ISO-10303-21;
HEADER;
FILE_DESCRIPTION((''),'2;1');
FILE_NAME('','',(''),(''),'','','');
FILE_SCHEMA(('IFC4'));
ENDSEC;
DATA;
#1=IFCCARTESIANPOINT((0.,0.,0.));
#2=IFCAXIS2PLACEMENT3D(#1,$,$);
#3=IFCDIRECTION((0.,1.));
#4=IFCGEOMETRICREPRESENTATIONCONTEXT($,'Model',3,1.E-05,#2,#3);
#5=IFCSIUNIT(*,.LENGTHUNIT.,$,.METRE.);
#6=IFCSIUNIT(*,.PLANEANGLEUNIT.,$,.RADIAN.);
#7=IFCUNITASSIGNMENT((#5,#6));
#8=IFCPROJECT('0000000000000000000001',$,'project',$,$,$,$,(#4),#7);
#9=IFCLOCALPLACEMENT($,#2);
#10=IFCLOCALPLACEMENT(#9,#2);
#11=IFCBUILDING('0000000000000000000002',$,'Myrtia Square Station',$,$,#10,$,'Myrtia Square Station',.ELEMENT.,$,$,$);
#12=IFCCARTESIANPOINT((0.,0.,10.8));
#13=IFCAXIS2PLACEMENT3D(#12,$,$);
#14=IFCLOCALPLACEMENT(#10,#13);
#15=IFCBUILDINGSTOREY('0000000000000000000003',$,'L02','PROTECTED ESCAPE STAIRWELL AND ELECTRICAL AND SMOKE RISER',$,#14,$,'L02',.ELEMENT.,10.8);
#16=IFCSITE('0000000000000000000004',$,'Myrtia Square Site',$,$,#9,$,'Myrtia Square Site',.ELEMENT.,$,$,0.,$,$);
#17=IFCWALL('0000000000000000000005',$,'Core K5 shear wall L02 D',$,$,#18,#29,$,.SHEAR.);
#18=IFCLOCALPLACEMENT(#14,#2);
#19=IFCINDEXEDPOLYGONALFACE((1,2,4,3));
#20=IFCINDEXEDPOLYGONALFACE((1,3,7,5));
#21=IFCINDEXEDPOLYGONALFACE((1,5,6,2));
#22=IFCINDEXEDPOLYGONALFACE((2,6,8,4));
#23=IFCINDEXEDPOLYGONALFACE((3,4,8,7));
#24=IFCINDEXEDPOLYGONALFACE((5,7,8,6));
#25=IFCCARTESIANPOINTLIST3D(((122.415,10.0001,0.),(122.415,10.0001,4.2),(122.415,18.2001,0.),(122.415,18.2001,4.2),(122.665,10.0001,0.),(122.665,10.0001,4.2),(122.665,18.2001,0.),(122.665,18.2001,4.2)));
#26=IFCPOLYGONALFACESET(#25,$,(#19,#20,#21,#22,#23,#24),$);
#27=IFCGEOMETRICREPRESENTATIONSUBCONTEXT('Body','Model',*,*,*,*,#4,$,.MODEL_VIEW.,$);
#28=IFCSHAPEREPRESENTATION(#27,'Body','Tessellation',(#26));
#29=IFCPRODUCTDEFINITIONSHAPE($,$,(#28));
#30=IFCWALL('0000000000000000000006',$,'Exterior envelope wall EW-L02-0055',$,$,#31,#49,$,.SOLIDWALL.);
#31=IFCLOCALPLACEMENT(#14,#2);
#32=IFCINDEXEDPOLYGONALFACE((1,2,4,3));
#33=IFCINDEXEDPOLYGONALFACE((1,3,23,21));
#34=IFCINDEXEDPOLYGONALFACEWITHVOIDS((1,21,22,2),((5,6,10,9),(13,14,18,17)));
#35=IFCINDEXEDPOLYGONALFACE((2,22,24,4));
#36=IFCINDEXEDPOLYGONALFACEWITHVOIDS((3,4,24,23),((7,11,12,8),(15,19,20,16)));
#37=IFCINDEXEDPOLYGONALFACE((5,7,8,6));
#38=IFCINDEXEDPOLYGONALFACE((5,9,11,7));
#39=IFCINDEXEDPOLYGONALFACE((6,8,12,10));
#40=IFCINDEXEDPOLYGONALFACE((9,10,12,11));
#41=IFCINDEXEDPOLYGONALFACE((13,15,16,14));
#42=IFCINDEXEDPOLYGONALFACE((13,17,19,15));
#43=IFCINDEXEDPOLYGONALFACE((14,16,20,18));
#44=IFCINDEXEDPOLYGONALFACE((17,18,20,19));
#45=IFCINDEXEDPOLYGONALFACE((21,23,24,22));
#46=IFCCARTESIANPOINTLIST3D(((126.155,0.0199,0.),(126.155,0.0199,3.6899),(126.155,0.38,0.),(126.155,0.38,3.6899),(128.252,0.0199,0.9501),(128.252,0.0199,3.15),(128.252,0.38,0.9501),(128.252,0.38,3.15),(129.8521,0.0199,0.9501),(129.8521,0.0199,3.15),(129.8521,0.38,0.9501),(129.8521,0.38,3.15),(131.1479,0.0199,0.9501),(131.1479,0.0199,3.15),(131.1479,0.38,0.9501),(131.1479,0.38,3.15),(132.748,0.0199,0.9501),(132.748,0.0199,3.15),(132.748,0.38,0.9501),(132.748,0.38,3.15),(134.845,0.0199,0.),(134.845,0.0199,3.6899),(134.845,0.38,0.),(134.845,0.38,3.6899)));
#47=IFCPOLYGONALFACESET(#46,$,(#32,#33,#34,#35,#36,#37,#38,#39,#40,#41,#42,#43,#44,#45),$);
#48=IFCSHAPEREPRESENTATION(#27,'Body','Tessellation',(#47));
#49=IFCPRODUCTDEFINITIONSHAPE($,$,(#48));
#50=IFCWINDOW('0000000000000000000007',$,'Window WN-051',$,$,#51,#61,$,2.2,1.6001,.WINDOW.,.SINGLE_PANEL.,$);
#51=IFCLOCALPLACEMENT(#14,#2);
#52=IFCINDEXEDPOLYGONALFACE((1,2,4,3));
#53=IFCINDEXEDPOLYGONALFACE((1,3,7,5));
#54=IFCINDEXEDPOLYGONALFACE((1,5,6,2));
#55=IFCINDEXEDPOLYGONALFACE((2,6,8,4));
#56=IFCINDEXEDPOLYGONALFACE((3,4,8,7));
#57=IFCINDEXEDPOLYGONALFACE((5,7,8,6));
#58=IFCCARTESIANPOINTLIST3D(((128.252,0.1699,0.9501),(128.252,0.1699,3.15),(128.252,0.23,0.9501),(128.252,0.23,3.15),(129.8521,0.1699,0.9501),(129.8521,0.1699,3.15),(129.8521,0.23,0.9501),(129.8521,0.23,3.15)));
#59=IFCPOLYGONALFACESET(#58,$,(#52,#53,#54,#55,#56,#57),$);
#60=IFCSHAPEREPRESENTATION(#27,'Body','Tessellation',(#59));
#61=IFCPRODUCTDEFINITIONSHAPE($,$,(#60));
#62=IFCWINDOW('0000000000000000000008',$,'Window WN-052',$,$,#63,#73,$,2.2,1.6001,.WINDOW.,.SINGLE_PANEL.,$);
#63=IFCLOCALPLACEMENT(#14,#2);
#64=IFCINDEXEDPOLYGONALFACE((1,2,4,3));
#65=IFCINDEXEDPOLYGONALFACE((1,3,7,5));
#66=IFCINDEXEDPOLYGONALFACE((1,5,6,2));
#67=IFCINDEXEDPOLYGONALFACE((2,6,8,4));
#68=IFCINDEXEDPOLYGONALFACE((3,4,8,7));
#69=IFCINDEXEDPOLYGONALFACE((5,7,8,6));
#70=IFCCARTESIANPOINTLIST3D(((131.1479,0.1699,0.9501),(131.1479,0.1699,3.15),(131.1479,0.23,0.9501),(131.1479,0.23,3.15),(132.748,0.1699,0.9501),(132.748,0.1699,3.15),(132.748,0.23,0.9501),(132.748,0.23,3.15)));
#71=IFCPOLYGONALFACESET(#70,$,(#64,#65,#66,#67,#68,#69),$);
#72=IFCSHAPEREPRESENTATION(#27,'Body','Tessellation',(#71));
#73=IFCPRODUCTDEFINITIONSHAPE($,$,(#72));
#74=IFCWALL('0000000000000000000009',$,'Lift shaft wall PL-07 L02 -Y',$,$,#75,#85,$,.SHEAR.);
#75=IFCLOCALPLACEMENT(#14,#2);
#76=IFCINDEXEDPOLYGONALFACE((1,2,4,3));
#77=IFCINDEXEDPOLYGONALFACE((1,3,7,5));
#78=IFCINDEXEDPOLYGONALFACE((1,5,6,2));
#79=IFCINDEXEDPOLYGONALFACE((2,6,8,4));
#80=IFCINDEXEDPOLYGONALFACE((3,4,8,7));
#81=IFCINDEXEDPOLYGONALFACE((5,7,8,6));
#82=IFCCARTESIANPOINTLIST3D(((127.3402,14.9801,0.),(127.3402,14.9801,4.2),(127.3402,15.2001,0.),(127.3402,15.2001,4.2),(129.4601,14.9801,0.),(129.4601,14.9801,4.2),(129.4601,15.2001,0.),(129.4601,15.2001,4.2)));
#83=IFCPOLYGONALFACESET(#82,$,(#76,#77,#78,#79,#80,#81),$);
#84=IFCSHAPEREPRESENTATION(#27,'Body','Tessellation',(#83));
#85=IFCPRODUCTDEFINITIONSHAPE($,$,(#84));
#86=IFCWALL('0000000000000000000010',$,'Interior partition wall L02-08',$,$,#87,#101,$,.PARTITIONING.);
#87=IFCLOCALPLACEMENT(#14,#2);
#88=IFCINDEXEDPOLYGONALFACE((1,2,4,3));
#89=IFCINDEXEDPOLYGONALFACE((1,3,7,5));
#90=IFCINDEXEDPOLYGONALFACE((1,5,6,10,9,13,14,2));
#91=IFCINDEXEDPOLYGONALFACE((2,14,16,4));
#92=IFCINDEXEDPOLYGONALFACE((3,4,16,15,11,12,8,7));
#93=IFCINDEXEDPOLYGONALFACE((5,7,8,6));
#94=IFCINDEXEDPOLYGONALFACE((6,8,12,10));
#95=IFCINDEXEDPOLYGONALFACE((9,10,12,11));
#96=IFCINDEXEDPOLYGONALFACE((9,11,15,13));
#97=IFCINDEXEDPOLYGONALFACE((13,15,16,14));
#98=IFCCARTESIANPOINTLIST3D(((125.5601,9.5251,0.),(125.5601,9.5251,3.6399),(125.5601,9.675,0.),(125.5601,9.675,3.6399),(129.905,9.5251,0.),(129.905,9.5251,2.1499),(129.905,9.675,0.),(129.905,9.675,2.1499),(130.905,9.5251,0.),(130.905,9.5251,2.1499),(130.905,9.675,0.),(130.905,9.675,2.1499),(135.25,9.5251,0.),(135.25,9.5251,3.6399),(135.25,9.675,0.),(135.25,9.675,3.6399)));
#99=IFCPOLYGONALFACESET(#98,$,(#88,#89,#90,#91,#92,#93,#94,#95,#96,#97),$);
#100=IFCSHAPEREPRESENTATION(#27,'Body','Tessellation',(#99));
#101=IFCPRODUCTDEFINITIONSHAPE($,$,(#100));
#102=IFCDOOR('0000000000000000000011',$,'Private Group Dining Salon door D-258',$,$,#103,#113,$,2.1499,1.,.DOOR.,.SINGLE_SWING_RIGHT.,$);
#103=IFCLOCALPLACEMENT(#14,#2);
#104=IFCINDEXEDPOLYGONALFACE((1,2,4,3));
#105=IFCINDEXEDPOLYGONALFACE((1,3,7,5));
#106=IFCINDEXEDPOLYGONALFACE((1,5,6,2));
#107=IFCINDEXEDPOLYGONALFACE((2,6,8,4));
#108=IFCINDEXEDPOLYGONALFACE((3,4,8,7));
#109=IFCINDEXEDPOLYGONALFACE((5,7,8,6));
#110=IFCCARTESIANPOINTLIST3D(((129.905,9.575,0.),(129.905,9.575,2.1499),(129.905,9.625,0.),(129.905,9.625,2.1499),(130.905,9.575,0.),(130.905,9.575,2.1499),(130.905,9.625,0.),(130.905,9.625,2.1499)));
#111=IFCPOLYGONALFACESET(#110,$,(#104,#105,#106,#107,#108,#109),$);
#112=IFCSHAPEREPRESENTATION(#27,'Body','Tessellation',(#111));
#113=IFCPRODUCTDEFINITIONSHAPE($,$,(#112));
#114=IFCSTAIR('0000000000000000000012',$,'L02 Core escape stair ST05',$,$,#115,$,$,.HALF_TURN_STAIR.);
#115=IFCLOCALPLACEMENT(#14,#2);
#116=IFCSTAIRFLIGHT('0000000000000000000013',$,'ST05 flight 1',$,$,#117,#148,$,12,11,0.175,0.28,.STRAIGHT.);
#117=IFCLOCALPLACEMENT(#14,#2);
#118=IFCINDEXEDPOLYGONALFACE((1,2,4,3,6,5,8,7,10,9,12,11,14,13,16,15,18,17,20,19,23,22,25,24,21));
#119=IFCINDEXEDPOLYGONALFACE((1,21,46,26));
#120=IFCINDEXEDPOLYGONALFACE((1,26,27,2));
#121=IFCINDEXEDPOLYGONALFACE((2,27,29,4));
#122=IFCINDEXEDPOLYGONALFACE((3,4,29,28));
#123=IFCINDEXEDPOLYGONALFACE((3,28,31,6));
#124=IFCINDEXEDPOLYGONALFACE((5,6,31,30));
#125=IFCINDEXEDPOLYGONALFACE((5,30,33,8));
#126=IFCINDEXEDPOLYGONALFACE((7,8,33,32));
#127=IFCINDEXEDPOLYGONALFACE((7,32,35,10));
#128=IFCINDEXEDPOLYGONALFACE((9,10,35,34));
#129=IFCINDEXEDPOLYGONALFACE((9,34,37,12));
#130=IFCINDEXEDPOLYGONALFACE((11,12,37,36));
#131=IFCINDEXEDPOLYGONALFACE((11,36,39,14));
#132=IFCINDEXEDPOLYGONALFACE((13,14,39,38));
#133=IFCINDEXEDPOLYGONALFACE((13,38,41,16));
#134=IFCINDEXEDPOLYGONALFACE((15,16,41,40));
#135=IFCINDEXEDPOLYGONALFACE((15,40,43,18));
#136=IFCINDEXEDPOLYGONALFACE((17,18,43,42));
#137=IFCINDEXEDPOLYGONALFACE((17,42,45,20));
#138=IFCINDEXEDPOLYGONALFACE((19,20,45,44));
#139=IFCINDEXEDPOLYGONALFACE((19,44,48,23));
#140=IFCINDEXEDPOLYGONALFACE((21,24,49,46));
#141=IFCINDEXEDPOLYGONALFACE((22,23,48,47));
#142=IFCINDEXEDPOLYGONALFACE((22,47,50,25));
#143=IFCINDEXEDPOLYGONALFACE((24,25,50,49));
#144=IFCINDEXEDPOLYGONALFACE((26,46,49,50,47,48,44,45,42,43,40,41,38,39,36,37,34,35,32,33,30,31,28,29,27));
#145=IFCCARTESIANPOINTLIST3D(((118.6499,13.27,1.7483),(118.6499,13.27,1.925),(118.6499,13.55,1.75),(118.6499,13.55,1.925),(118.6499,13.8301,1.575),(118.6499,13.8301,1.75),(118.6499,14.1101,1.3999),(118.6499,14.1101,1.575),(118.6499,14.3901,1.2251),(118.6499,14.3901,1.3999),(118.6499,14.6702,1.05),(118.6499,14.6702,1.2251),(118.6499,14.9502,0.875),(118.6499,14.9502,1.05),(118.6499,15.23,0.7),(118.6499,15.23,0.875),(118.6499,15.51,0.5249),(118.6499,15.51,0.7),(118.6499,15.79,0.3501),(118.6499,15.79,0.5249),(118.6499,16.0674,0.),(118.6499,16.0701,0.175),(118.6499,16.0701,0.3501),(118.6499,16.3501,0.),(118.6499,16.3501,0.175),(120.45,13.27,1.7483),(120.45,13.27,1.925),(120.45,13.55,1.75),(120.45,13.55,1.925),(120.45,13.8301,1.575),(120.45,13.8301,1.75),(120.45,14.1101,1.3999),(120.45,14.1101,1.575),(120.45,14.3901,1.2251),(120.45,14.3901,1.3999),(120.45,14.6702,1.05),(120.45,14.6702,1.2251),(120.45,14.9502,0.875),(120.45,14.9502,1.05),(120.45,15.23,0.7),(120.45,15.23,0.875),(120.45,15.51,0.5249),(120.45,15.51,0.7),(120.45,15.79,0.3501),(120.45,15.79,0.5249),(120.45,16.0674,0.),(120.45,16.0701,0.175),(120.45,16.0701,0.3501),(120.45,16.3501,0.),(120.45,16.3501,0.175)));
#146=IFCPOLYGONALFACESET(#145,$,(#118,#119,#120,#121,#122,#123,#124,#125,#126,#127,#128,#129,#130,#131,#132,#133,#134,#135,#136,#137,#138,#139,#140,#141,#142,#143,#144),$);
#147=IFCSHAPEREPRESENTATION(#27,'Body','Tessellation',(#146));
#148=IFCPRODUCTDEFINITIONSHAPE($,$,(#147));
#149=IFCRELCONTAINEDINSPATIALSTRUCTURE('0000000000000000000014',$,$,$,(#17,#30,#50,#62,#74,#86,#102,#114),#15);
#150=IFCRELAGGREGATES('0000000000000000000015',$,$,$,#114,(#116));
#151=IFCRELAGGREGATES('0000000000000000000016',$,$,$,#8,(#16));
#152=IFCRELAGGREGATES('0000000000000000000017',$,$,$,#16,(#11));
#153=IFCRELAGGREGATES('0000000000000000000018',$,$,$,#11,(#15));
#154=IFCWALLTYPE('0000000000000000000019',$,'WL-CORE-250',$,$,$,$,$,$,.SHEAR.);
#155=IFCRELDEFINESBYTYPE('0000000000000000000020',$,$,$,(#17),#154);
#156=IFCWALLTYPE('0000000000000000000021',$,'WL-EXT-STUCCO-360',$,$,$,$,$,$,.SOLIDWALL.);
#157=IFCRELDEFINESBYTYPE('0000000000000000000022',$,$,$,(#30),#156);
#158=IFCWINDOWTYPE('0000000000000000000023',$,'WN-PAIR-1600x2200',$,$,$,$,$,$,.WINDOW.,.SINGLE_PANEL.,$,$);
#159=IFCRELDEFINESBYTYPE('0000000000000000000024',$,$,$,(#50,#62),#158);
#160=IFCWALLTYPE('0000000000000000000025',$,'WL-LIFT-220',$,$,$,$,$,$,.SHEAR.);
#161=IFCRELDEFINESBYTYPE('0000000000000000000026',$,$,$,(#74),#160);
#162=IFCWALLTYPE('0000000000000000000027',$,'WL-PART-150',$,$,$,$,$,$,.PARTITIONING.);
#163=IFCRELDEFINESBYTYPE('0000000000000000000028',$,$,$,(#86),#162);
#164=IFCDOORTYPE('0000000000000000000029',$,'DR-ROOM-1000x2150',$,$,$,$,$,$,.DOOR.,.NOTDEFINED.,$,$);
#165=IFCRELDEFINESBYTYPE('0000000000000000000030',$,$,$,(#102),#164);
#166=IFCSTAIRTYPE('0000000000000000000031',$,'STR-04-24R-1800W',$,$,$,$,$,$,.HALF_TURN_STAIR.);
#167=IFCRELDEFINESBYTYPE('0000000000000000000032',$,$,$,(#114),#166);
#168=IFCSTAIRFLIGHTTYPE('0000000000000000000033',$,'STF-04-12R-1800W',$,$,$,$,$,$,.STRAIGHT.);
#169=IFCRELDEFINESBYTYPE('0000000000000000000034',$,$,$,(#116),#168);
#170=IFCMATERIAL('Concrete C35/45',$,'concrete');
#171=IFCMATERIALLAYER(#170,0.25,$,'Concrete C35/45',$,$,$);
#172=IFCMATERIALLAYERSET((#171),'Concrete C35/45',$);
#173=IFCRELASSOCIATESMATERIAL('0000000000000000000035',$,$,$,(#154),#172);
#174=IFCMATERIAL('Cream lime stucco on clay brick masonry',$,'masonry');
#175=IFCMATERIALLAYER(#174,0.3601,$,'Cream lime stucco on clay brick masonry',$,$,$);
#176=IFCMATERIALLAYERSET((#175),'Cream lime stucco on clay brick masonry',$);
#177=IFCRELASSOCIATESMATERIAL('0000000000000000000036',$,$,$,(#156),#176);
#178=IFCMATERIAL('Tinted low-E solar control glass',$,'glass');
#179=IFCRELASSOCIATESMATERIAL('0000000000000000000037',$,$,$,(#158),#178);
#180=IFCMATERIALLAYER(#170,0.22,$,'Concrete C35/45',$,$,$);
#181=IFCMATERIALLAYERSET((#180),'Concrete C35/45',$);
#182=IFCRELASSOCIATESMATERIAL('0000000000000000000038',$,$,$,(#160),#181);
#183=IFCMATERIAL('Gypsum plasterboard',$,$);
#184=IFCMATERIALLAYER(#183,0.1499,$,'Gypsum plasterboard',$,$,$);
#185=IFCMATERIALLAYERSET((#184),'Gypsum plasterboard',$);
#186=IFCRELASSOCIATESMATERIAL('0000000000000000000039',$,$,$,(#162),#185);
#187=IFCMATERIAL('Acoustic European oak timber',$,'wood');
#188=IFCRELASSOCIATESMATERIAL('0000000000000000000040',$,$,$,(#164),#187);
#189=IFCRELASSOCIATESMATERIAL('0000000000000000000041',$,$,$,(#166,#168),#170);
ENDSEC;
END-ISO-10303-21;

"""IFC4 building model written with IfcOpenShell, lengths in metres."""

from ifc_helpers import new_model, si_unit, direction, frame, frame_2d, origin, place, context, subcontext, project, spatial, polyline, rectangle, outline, extrude, material, layer, layer_set, type_object, element, fill, aggregate, save


model = new_model("IFC4")

# Units and contexts
model_context = context("Model", 3, precision=1e-05, world=origin(), true_north=direction((0.0, 1.0)))
body_context = subcontext(model_context, "Body", "Model", "MODEL_VIEW")
ifc_project = project(units=[si_unit("LENGTHUNIT", "METRE"), si_unit("PLANEANGLEUNIT", "RADIAN")], contexts=[model_context])

# Site, building, storey
site_placement = place(None, origin())
site = spatial("IfcSite", under=ifc_project, at=site_placement, Name="Myrtia Square Site", LongName="Myrtia Square Site", CompositionType="ELEMENT", RefElevation=0.0)
building_placement = place(site_placement, origin())
building = spatial("IfcBuilding", under=site, at=building_placement, Name="Myrtia Square Station", LongName="Myrtia Square Station", CompositionType="ELEMENT")
storey_placement = place(building_placement, frame((0.0, 0.0, 10.8)))
storey = spatial("IfcBuildingStorey", under=building, at=storey_placement, Name="L02", Description="PROTECTED ESCAPE STAIRWELL AND ELECTRICAL AND SMOKE RISER", LongName="L02", CompositionType="ELEMENT", Elevation=10.8)

# Shared definitions
ifc_material_1 = material(Name="Concrete C35/45", Category="concrete")
ifc_layer_1 = layer(ifc_material_1, 0.25, Name="Concrete C35/45")
ifc_layer_set_1 = layer_set([ifc_layer_1], Name="Concrete C35/45")
wall_type_1 = type_object("IfcWallType", Name="WL-CORE-250", PredefinedType="SHEAR", material=ifc_layer_set_1)

# Wall
wall_1_placement = place(storey_placement, frame((122.54, 10.0, 0.0), z_axis=(0.0, 0.0, 1.0), x_axis=(0.0, 1.0, 0.0)))
element("IfcWall", 1, at=wall_1_placement, inside=storey, type_object=wall_type_1, Name="Core K5 shear wall L02 D", PredefinedType="SHEAR", context=body_context, shape_type="SweptSolid", body=[
    extrude(rectangle(XDim=8.2, YDim=0.25, at=frame_2d((4.1001, 0.0))), origin(), (0.0, 0.0, 1.0), 4.2),
])

# Wall, openings, windows
ifc_material_2 = material(Name="Cream lime stucco on clay brick masonry", Category="masonry")
ifc_layer_2 = layer(ifc_material_2, 0.3601, Name="Cream lime stucco on clay brick masonry")
ifc_layer_set_2 = layer_set([ifc_layer_2], Name="Cream lime stucco on clay brick masonry")
wall_type_2 = type_object("IfcWallType", Name="WL-EXT-STUCCO-360", PredefinedType="SOLIDWALL", material=ifc_layer_set_2)
wall_2_placement = place(storey_placement, frame((126.155, 0.2, 0.0), z_axis=(0.0, 0.0, 1.0), x_axis=(1.0, 0.0, 0.0)))
wall_2 = element("IfcWall", 2, at=wall_2_placement, inside=storey, type_object=wall_type_2, Name="Exterior envelope wall EW-L02-0055", PredefinedType="SOLIDWALL", context=body_context, shape_type="SweptSolid", body=[
    extrude(rectangle(XDim=8.6899, YDim=0.3601, at=frame_2d((4.345, 0.0))), origin(), (0.0, 0.0, 1.0), 3.6899),
])
opening_1_placement = place(wall_2_placement, frame((2.0969, 0.0, 0.95)))
opening_1 = element("IfcOpeningElement", 3, at=opening_1_placement, cuts=wall_2, PredefinedType="OPENING", context=body_context, shape_type="SweptSolid", body=[
    extrude(rectangle(XDim=1.6001, YDim=2.2, at=frame_2d((0.8, 1.1001))), frame((0.0, 0.1951, 0.0), z_axis=(0.0, -1.0, 0.0), x_axis=(1.0, 0.0, 0.0)), (0.0, 0.0, 1.0), 0.3901),
])
opening_2_placement = place(wall_2_placement, frame((4.9929, 0.0, 0.95)))
opening_2 = element("IfcOpeningElement", 4, at=opening_2_placement, cuts=wall_2, PredefinedType="OPENING", context=body_context, shape_type="SweptSolid", body=[
    extrude(rectangle(XDim=1.6001, YDim=2.2, at=frame_2d((0.8, 1.1001))), frame((0.0, 0.1951, 0.0), z_axis=(0.0, -1.0, 0.0), x_axis=(1.0, 0.0, 0.0)), (0.0, 0.0, 1.0), 0.3901),
])
ifc_material_3 = material(Name="Tinted low-E solar control glass", Category="glass")
window_type = type_object("IfcWindowType", Name="WN-PAIR-1600x2200", PartitioningType="SINGLE_PANEL", PredefinedType="WINDOW", material=ifc_material_3)
window_1_placement = place(opening_1_placement, origin())
window_1 = element("IfcWindow", 5, at=window_1_placement, inside=storey, type_object=window_type, Name="Window WN-051", OverallHeight=2.2, OverallWidth=1.6001, PartitioningType="SINGLE_PANEL", PredefinedType="WINDOW", context=body_context, shape_type="SweptSolid", body=[
    extrude(rectangle(XDim=1.6001, YDim=2.2, at=frame_2d((0.8, 1.1001))), frame((0.0, 0.03, 0.0), z_axis=(0.0, -1.0, 0.0), x_axis=(1.0, 0.0, 0.0)), (0.0, 0.0, 1.0), 0.0601),
])
fill(opening_1, window_1)
window_2_placement = place(opening_2_placement, origin())
window_2 = element("IfcWindow", 6, at=window_2_placement, inside=storey, type_object=window_type, Name="Window WN-052", OverallHeight=2.2, OverallWidth=1.6001, PartitioningType="SINGLE_PANEL", PredefinedType="WINDOW", context=body_context, shape_type="SweptSolid", body=[
    extrude(rectangle(XDim=1.6001, YDim=2.2, at=frame_2d((0.8, 1.1001))), frame((0.0, 0.03, 0.0), z_axis=(0.0, -1.0, 0.0), x_axis=(1.0, 0.0, 0.0)), (0.0, 0.0, 1.0), 0.0601),
])
fill(opening_2, window_2)

# Wall
ifc_layer_3 = layer(ifc_material_1, 0.22, Name="Concrete C35/45")
ifc_layer_set_3 = layer_set([ifc_layer_3], Name="Concrete C35/45")
wall_type_3 = type_object("IfcWallType", Name="WL-LIFT-220", PredefinedType="SHEAR", material=ifc_layer_set_3)
wall_3_placement = place(storey_placement, frame((127.3401, 15.0901, 0.0), z_axis=(0.0, 0.0, 1.0), x_axis=(1.0, 0.0, 0.0)))
element("IfcWall", 7, at=wall_3_placement, inside=storey, type_object=wall_type_3, Name="Lift shaft wall PL-07 L02 -Y", PredefinedType="SHEAR", context=body_context, shape_type="SweptSolid", body=[
    extrude(rectangle(XDim=2.1199, YDim=0.22, at=frame_2d((1.0601, 0.0))), origin(), (0.0, 0.0, 1.0), 4.2),
])

# Wall, opening, door
ifc_material_4 = material(Name="Gypsum plasterboard")
ifc_layer_4 = layer(ifc_material_4, 0.1499, Name="Gypsum plasterboard")
ifc_layer_set_4 = layer_set([ifc_layer_4], Name="Gypsum plasterboard")
wall_type_4 = type_object("IfcWallType", Name="WL-PART-150", PredefinedType="PARTITIONING", material=ifc_layer_set_4)
wall_4_placement = place(storey_placement, frame((125.5601, 9.6001, 0.0), z_axis=(0.0, 0.0, 1.0), x_axis=(1.0, 0.0, 0.0)))
wall_4 = element("IfcWall", 8, at=wall_4_placement, inside=storey, type_object=wall_type_4, Name="Interior partition wall L02-08", PredefinedType="PARTITIONING", context=body_context, shape_type="SweptSolid", body=[
    extrude(rectangle(XDim=9.6899, YDim=0.1499, at=frame_2d((4.845, 0.0))), origin(), (0.0, 0.0, 1.0), 3.6399),
])
opening_3_placement = place(wall_4_placement, frame((4.345, 0.0, 0.0)))
opening_3 = element("IfcOpeningElement", 9, at=opening_3_placement, cuts=wall_4, PredefinedType="OPENING", context=body_context, shape_type="SweptSolid", body=[
    extrude(rectangle(XDim=1.0, YDim=2.1499, at=frame_2d((0.5, 1.075))), frame((0.0, 0.0898, 0.0), z_axis=(0.0, -1.0, 0.0), x_axis=(1.0, 0.0, 0.0)), (0.0, 0.0, 1.0), 0.1799),
])
ifc_material_5 = material(Name="Acoustic European oak timber", Category="wood")
door_type_1 = type_object("IfcDoorType", Name="DR-ROOM-1000x2150", OperationType="NOTDEFINED", PredefinedType="DOOR", material=ifc_material_5)
door_1_placement = place(opening_3_placement, origin())
door_1 = element("IfcDoor", 10, at=door_1_placement, inside=storey, type_object=door_type_1, Name="Private Group Dining Salon door D-258", OperationType="SINGLE_SWING_RIGHT", OverallHeight=2.1499, OverallWidth=1.0, PredefinedType="DOOR", context=body_context, shape_type="SweptSolid", body=[
    extrude(rectangle(XDim=1.0, YDim=2.1499, at=frame_2d((0.5, 1.075))), frame((0.0, 0.0249, 0.0), z_axis=(0.0, -1.0, 0.0), x_axis=(1.0, 0.0, 0.0)), (0.0, 0.0, 1.0), 0.05),
])
fill(opening_3, door_1)

# Stair, stair flight
stair_type = type_object("IfcStairType", Name="STR-04-24R-1800W", PredefinedType="HALF_TURN_STAIR", material=ifc_material_1)
stair_placement = place(storey_placement, origin())
stair = element("IfcStair", 11, at=stair_placement, inside=storey, type_object=stair_type, Name="L02 Core escape stair ST05", PredefinedType="HALF_TURN_STAIR")
stair_flight_type = type_object("IfcStairFlightType", Name="STF-04-12R-1800W", PredefinedType="STRAIGHT", material=ifc_material_1)
stair_flight_1_placement = place(storey_placement, frame((119.55, 16.3501, 0.0), z_axis=(0.0, 0.0, 1.0), x_axis=(0.0, -1.0, 0.0)))
stair_flight_1 = element("IfcStairFlight", 12, at=stair_flight_1_placement, type_object=stair_flight_type, Name="ST05 flight 1", NumberOfRisers=12, NumberOfTreads=11, PredefinedType="STRAIGHT", RiserHeight=0.175, TreadLength=0.28, context=body_context, shape_type="SweptSolid", body=[
    extrude(outline(polyline([(0.0, 0.0), (0.0, 0.175), (0.28, 0.175), (0.28, 0.3501), (0.5601, 0.3501), (0.5601, 0.5249), (0.8401, 0.5249), (0.8401, 0.7), (1.1201, 0.7), (1.1201, 0.875), (1.3999, 0.875), (1.3999, 1.05), (1.6799, 1.05), (1.6799, 1.2251), (1.96, 1.2251), (1.96, 1.3999), (2.24, 1.3999), (2.24, 1.575), (2.52, 1.575), (2.52, 1.75), (2.8, 1.75), (2.8, 1.925), (3.0801, 1.925), (3.0801, 2.1001), (3.0801, 1.7483), (0.2827, 0.0), (0.0, 0.0)])), frame((0.0, 0.8999, 0.0), z_axis=(0.0, -1.0, 0.0), x_axis=(1.0, 0.0, 0.0)), (0.0, 0.0, 1.0), 1.8),
])
aggregate(stair, [stair_flight_1])

save(model, "model.ifc")
